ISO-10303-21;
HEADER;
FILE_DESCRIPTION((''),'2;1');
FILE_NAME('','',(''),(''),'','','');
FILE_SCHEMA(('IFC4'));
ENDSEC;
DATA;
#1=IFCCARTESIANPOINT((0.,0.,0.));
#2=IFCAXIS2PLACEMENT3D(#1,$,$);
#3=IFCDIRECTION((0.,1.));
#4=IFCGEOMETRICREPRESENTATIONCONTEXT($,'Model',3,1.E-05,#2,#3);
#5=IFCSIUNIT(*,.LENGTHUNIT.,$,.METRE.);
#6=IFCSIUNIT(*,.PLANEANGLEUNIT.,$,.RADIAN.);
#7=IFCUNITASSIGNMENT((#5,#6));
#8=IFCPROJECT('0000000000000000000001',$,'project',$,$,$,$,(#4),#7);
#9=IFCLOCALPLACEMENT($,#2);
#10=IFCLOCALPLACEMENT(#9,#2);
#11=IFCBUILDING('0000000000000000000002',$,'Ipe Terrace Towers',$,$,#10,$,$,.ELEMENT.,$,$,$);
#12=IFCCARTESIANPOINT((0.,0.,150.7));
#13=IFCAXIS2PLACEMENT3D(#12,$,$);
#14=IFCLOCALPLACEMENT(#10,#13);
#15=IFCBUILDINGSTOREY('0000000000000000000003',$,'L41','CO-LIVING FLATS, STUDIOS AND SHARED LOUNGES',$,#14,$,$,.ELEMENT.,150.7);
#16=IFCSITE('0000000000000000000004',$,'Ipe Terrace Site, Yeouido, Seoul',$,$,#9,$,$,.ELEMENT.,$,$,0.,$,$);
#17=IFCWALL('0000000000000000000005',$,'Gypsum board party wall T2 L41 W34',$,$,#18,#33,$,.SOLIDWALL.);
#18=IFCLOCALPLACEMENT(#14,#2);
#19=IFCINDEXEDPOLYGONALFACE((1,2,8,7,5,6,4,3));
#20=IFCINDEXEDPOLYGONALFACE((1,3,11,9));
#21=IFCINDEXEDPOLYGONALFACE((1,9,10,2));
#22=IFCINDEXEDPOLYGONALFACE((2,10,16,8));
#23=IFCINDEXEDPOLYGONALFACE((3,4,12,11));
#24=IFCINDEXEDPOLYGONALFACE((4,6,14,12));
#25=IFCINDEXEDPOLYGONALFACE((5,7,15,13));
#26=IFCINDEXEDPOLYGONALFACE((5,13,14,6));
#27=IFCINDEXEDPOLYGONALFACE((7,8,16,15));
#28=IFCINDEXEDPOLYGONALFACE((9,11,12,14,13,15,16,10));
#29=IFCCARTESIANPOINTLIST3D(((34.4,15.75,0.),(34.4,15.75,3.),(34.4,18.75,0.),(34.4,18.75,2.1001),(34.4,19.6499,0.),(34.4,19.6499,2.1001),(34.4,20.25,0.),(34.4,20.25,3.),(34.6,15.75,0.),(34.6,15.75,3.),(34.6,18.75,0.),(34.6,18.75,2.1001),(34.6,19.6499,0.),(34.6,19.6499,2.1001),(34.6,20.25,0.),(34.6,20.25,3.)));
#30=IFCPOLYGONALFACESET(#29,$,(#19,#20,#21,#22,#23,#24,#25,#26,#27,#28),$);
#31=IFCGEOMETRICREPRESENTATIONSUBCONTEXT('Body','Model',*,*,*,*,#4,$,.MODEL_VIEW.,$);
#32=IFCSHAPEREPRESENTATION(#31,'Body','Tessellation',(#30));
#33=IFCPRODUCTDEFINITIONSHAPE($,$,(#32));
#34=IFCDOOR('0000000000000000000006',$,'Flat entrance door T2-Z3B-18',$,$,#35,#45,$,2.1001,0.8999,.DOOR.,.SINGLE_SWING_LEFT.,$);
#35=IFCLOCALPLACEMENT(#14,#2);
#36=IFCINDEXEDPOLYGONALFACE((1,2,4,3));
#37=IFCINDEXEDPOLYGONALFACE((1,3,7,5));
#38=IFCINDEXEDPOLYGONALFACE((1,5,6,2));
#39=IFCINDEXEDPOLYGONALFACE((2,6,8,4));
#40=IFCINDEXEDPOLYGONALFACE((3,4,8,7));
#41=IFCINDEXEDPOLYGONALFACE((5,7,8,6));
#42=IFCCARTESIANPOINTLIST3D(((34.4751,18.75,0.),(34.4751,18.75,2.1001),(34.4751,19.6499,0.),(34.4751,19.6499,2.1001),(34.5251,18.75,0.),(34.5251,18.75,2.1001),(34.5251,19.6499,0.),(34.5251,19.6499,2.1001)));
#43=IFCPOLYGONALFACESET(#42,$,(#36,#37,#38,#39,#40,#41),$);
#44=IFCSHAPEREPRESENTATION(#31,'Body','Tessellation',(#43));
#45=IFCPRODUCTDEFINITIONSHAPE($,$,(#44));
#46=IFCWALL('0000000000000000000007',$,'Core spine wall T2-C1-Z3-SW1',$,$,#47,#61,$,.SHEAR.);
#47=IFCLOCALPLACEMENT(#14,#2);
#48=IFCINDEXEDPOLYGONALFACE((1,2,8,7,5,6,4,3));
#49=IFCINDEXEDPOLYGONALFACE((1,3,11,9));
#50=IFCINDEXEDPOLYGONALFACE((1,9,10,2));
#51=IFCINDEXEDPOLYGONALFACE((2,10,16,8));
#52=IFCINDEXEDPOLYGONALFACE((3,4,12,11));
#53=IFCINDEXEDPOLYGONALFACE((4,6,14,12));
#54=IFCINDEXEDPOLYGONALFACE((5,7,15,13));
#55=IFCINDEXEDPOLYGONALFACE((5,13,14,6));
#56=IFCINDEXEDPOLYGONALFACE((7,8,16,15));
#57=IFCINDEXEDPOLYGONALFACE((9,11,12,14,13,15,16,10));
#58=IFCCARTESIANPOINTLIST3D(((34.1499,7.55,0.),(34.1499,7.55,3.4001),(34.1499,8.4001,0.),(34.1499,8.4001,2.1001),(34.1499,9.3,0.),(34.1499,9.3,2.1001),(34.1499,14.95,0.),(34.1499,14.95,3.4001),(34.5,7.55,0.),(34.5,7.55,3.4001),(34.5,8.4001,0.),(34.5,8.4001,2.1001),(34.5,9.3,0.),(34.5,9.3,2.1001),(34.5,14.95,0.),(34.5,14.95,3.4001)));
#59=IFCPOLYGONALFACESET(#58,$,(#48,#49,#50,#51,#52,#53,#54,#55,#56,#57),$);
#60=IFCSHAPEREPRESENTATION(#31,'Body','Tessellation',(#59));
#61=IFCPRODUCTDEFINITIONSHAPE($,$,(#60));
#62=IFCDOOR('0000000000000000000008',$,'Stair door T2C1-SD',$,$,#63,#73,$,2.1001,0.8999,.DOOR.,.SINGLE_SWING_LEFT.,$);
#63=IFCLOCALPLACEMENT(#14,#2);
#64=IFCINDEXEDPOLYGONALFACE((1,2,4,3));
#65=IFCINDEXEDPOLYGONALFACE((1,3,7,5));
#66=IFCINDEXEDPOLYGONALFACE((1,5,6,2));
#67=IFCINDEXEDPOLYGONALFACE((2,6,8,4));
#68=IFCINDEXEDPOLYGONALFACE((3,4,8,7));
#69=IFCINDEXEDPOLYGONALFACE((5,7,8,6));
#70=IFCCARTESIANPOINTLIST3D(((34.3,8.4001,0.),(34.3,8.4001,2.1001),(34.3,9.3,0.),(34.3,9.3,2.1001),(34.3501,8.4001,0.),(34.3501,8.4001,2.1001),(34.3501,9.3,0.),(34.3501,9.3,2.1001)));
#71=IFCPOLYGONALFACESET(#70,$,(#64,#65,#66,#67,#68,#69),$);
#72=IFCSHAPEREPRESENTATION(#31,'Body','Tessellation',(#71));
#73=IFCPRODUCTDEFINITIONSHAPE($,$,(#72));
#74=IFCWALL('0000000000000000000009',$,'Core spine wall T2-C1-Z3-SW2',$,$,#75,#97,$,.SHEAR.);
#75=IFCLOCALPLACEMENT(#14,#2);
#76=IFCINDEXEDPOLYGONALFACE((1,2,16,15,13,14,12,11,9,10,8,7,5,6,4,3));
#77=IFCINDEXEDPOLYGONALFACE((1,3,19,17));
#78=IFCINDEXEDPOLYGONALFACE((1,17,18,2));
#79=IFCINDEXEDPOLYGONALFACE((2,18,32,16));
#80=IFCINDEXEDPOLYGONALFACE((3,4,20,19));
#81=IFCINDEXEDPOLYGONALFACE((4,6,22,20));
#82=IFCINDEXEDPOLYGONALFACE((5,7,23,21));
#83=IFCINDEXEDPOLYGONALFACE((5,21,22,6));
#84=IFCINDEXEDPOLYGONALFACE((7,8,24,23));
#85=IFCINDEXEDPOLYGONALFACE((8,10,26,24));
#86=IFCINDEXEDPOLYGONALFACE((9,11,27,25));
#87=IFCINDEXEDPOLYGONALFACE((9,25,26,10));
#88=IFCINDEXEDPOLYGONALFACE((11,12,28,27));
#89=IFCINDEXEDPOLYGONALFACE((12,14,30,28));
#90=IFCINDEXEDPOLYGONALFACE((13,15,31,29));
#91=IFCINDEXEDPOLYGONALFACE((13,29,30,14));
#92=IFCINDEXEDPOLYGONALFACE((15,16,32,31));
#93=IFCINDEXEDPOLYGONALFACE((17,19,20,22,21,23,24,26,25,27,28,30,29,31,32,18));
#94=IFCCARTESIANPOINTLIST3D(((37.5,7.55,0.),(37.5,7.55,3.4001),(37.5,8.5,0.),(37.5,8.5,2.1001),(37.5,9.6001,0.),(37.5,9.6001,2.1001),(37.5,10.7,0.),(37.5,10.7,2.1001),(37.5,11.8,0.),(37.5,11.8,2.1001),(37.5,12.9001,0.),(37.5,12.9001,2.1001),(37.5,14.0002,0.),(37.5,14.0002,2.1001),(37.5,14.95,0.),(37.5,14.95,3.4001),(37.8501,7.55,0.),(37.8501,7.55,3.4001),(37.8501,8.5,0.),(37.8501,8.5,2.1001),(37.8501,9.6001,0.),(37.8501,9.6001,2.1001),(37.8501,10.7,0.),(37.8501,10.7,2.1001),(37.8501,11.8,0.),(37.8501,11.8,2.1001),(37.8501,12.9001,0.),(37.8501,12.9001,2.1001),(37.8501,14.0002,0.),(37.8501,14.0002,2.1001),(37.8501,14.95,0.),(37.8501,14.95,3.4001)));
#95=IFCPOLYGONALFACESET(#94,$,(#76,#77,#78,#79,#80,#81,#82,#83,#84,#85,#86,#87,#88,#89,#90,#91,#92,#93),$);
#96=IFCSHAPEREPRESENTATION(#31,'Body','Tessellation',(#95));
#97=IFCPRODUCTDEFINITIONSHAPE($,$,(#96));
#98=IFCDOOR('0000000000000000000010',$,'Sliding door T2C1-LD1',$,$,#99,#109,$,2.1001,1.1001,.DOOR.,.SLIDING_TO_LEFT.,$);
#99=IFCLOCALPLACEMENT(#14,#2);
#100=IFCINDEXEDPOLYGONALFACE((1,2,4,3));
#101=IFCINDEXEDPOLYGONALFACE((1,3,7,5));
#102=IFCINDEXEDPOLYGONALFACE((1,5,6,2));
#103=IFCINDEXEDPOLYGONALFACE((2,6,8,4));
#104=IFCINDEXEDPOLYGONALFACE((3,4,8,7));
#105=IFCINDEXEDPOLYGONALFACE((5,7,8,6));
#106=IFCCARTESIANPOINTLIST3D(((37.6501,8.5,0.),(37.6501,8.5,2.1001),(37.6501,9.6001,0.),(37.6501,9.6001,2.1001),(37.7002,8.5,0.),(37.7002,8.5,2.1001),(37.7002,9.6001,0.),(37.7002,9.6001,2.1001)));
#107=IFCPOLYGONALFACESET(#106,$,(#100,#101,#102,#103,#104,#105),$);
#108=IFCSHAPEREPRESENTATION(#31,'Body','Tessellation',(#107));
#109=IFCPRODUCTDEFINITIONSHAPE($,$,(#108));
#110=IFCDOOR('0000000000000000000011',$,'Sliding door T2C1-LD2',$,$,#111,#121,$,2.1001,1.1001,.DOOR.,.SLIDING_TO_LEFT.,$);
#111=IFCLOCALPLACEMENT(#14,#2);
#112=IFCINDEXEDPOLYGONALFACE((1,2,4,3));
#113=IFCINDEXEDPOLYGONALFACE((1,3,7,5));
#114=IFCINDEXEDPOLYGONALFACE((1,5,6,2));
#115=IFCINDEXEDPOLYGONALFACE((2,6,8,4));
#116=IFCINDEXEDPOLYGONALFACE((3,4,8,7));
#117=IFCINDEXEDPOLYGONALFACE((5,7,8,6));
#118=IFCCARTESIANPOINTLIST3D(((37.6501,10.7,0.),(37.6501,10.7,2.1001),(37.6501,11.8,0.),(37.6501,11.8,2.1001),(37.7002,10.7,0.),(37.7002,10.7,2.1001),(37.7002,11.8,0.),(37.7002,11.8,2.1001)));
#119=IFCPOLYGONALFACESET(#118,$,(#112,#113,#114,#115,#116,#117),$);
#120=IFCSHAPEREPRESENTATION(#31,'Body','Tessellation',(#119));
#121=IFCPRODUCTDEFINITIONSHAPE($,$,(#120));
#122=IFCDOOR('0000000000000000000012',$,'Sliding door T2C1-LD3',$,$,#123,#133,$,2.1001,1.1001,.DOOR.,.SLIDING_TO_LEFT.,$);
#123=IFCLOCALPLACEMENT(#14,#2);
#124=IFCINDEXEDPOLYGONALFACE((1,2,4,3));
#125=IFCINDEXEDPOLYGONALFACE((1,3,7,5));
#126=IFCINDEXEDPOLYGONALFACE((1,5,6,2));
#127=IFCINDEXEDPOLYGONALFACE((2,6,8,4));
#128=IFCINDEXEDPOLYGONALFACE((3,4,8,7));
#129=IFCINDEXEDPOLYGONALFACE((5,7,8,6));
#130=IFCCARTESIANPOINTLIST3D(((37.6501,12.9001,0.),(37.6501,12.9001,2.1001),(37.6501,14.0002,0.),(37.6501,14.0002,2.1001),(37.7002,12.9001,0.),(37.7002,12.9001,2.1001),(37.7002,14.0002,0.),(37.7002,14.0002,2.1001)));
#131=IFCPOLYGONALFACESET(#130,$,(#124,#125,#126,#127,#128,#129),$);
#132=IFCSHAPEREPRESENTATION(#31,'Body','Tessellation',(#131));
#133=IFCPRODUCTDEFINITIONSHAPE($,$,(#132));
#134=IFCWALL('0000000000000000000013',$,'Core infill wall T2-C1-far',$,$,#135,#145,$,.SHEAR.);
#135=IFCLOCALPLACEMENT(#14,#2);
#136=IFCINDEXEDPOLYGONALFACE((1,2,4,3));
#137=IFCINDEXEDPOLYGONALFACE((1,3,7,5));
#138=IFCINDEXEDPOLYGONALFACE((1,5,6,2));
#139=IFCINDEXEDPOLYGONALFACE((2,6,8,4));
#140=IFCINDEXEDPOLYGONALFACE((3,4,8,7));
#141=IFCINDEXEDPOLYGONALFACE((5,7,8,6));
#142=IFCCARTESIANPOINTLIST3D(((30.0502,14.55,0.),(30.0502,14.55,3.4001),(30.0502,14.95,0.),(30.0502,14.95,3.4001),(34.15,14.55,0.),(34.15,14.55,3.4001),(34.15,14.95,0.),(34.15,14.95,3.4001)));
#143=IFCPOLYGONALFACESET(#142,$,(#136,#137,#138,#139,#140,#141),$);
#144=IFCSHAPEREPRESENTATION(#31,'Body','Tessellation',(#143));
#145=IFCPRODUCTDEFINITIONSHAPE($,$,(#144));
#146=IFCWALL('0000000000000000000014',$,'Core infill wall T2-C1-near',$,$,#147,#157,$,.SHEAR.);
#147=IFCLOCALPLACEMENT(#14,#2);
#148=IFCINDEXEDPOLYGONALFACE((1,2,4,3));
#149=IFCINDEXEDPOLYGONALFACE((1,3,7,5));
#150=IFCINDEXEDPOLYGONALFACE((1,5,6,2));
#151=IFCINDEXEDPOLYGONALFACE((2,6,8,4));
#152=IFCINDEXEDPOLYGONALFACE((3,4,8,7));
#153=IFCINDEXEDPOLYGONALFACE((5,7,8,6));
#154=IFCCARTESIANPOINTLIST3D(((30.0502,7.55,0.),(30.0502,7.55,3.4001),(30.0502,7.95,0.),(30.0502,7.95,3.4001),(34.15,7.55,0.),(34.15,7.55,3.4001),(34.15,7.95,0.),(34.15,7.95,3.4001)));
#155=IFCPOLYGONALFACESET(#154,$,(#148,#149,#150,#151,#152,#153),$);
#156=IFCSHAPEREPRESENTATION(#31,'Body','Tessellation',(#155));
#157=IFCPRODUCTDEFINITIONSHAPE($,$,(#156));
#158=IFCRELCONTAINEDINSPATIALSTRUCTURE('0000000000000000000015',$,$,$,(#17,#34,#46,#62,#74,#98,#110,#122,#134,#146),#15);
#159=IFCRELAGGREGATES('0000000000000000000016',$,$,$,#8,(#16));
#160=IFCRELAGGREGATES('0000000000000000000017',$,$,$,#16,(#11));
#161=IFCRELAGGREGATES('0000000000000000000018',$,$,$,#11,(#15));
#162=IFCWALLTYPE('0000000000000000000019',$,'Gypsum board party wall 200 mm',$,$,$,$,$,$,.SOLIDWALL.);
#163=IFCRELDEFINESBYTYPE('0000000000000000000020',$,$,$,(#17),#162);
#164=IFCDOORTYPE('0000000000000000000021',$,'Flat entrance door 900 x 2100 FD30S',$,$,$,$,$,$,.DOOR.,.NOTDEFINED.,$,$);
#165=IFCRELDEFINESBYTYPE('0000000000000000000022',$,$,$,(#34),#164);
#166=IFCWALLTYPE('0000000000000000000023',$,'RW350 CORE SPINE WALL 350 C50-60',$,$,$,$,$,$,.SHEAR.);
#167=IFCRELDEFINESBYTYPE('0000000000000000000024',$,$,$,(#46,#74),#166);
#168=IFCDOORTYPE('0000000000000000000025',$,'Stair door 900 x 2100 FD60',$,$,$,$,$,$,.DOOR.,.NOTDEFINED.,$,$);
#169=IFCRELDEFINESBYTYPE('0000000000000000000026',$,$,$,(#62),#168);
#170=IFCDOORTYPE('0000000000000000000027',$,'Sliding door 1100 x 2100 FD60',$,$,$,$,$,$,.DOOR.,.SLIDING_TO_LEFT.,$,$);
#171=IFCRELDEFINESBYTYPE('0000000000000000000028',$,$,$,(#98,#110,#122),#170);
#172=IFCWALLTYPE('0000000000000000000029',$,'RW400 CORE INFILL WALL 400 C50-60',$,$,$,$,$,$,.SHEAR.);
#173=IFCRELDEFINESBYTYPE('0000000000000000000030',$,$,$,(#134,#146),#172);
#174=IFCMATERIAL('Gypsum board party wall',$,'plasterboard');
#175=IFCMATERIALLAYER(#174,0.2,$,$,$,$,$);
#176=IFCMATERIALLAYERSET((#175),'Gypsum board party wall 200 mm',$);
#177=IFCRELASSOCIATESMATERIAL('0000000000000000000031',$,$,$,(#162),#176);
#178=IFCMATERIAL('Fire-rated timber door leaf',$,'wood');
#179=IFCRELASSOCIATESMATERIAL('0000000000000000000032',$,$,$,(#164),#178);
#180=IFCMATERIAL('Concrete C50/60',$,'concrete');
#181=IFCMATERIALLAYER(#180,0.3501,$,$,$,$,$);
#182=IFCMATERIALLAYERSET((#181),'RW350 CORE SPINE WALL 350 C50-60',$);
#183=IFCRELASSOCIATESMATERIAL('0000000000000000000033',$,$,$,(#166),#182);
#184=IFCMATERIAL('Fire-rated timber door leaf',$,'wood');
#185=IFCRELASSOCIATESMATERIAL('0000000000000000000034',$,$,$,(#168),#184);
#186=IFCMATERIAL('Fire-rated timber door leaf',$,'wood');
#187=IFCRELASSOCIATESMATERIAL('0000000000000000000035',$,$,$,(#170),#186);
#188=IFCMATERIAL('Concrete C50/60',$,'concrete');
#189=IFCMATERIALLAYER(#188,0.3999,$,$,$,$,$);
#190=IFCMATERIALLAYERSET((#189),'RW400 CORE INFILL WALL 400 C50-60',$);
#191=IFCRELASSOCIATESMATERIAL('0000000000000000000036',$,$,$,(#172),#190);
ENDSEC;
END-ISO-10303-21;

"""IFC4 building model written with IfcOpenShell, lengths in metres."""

from ifc_helpers import new_model, si_unit, direction, frame, frame_2d, origin, place, context, subcontext, project, spatial, rectangle, extrude, material, layer, layer_set, type_object, element, fill, save


model = new_model("IFC4")

# Units and contexts
model_context = context("Model", 3, precision=1e-05, world=origin(), true_north=direction((0.0, 1.0)))
body_context = subcontext(model_context, "Body", "Model", "MODEL_VIEW")
ifc_project = project(units=[si_unit("LENGTHUNIT", "METRE"), si_unit("PLANEANGLEUNIT", "RADIAN")], contexts=[model_context])

# Site, building, storey
site_placement = place(None, origin())
site = spatial("IfcSite", under=ifc_project, at=site_placement, Name="Ipe Terrace Site, Yeouido, Seoul", CompositionType="ELEMENT", RefElevation=0.0)
building_placement = place(site_placement, origin())
building = spatial("IfcBuilding", under=site, at=building_placement, Name="Ipe Terrace Towers", CompositionType="ELEMENT")
storey_placement = place(building_placement, frame((0.0, 0.0, 150.7)))
storey = spatial("IfcBuildingStorey", under=building, at=storey_placement, Name="L41", Description="CO-LIVING FLATS, STUDIOS AND SHARED LOUNGES", CompositionType="ELEMENT", Elevation=150.7)

# Shared definitions
ifc_material_1 = material(Name="Gypsum board party wall", Category="plasterboard")
ifc_layer_1 = layer(ifc_material_1, 0.2)
ifc_layer_set_1 = layer_set([ifc_layer_1], Name="Gypsum board party wall 200 mm")
wall_type_1 = type_object("IfcWallType", Name="Gypsum board party wall 200 mm", PredefinedType="SOLIDWALL", material=ifc_layer_set_1)

# Walls, openings, doors
wall_1_placement = place(storey_placement, frame((34.5, 15.75, 0.0), z_axis=(0.0, 0.0, 1.0), x_axis=(0.0, 1.0, 0.0)))
wall_1 = element("IfcWall", 1, at=wall_1_placement, inside=storey, type_object=wall_type_1, Name="Gypsum board party wall T2 L41 W34", PredefinedType="SOLIDWALL", context=body_context, shape_type="SweptSolid", body=[
    extrude(rectangle(XDim=4.5, YDim=0.2, at=frame_2d((2.25, 0.0))), origin(), (0.0, 0.0, 1.0), 3.0),
])
opening_1_placement = place(wall_1_placement, frame((3.0, 0.0, 0.0)))
opening_1 = element("IfcOpeningElement", 2, at=opening_1_placement, cuts=wall_1, PredefinedType="OPENING", context=body_context, shape_type="SweptSolid", body=[
    extrude(rectangle(XDim=0.8999, YDim=2.1001, at=frame_2d((0.45, 1.05))), frame((0.0, 0.1099, 0.0), z_axis=(0.0, -1.0, 0.0), x_axis=(1.0, 0.0, 0.0)), (0.0, 0.0, 1.0), 0.22),
])
ifc_material_2 = material(Name="Fire-rated timber door leaf", Category="wood")
door_type_1 = type_object("IfcDoorType", Name="Flat entrance door 900 x 2100 FD30S", OperationType="NOTDEFINED", PredefinedType="DOOR", material=ifc_material_2)
door_1_placement = place(opening_1_placement, origin())
door_1 = element("IfcDoor", 3, at=door_1_placement, inside=storey, type_object=door_type_1, Name="Flat entrance door T2-Z3B-18", OperationType="SINGLE_SWING_LEFT", OverallHeight=2.1001, OverallWidth=0.8999, PredefinedType="DOOR", context=body_context, shape_type="SweptSolid", body=[
    extrude(rectangle(XDim=0.8999, YDim=2.1001, at=frame_2d((0.45, 1.05))), frame((0.0, 0.0249, 0.0), z_axis=(0.0, -1.0, 0.0), x_axis=(1.0, 0.0, 0.0)), (0.0, 0.0, 1.0), 0.05),
])
fill(opening_1, door_1)
ifc_material_3 = material(Name="Concrete C50/60", Category="concrete")
ifc_layer_2 = layer(ifc_material_3, 0.3501)
ifc_layer_set_2 = layer_set([ifc_layer_2], Name="RW350 CORE SPINE WALL 350 C50-60")
wall_type_2 = type_object("IfcWallType", Name="RW350 CORE SPINE WALL 350 C50-60", PredefinedType="SHEAR", material=ifc_layer_set_2)
wall_2_placement = place(storey_placement, frame((34.325, 7.55, 0.0), z_axis=(0.0, 0.0, 1.0), x_axis=(0.0, 1.0, 0.0)))
wall_2 = element("IfcWall", 4, at=wall_2_placement, inside=storey, type_object=wall_type_2, Name="Core spine wall T2-C1-Z3-SW1", PredefinedType="SHEAR", context=body_context, shape_type="SweptSolid", body=[
    extrude(rectangle(XDim=7.3999, YDim=0.3501, at=frame_2d((3.7, 0.0))), origin(), (0.0, 0.0, 1.0), 3.4001),
])
opening_2_placement = place(wall_2_placement, frame((0.8501, 0.0, 0.0)))
opening_2 = element("IfcOpeningElement", 5, at=opening_2_placement, cuts=wall_2, PredefinedType="OPENING", context=body_context, shape_type="SweptSolid", body=[
    extrude(rectangle(XDim=0.8999, YDim=2.1001, at=frame_2d((0.45, 1.05))), frame((0.0, 0.1851, 0.0), z_axis=(0.0, -1.0, 0.0), x_axis=(1.0, 0.0, 0.0)), (0.0, 0.0, 1.0), 0.3701),
])
ifc_material_4 = material(Name="Fire-rated timber door leaf", Category="wood")
door_type_2 = type_object("IfcDoorType", Name="Stair door 900 x 2100 FD60", OperationType="NOTDEFINED", PredefinedType="DOOR", material=ifc_material_4)
door_2_placement = place(opening_2_placement, origin())
door_2 = element("IfcDoor", 6, at=door_2_placement, inside=storey, type_object=door_type_2, Name="Stair door T2C1-SD", OperationType="SINGLE_SWING_LEFT", OverallHeight=2.1001, OverallWidth=0.8999, PredefinedType="DOOR", context=body_context, shape_type="SweptSolid", body=[
    extrude(rectangle(XDim=0.8999, YDim=2.1001, at=frame_2d((0.45, 1.05))), frame((0.0, 0.0249, 0.0), z_axis=(0.0, -1.0, 0.0), x_axis=(1.0, 0.0, 0.0)), (0.0, 0.0, 1.0), 0.05),
])
fill(opening_2, door_2)

# Wall, openings, doors
wall_3_placement = place(storey_placement, frame((37.675, 7.55, 0.0), z_axis=(0.0, 0.0, 1.0), x_axis=(0.0, 1.0, 0.0)))
wall_3 = element("IfcWall", 7, at=wall_3_placement, inside=storey, type_object=wall_type_2, Name="Core spine wall T2-C1-Z3-SW2", PredefinedType="SHEAR", context=body_context, shape_type="SweptSolid", body=[
    extrude(rectangle(XDim=7.3999, YDim=0.3501, at=frame_2d((3.7, 0.0))), origin(), (0.0, 0.0, 1.0), 3.4001),
])
opening_3_placement = place(wall_3_placement, frame((0.95, 0.0, 0.0)))
opening_3 = element("IfcOpeningElement", 8, at=opening_3_placement, cuts=wall_3, PredefinedType="OPENING", context=body_context, shape_type="SweptSolid", body=[
    extrude(rectangle(XDim=1.1001, YDim=2.1001, at=frame_2d((0.55, 1.05))), frame((0.0, 0.1851, 0.0), z_axis=(0.0, -1.0, 0.0), x_axis=(1.0, 0.0, 0.0)), (0.0, 0.0, 1.0), 0.3701),
])
opening_4_placement = place(wall_3_placement, frame((3.1499, 0.0, 0.0)))
opening_4 = element("IfcOpeningElement", 9, at=opening_4_placement, cuts=wall_3, PredefinedType="OPENING", context=body_context, shape_type="SweptSolid", body=[
    extrude(rectangle(XDim=1.1001, YDim=2.1001, at=frame_2d((0.55, 1.05))), frame((0.0, 0.1851, 0.0), z_axis=(0.0, -1.0, 0.0), x_axis=(1.0, 0.0, 0.0)), (0.0, 0.0, 1.0), 0.3701),
])
opening_5_placement = place(wall_3_placement, frame((5.3501, 0.0, 0.0)))
opening_5 = element("IfcOpeningElement", 10, at=opening_5_placement, cuts=wall_3, PredefinedType="OPENING", context=body_context, shape_type="SweptSolid", body=[
    extrude(rectangle(XDim=1.1001, YDim=2.1001, at=frame_2d((0.55, 1.05))), frame((0.0, 0.1851, 0.0), z_axis=(0.0, -1.0, 0.0), x_axis=(1.0, 0.0, 0.0)), (0.0, 0.0, 1.0), 0.3701),
])
ifc_material_5 = material(Name="Fire-rated timber door leaf", Category="wood")
door_type_3 = type_object("IfcDoorType", Name="Sliding door 1100 x 2100 FD60", OperationType="SLIDING_TO_LEFT", PredefinedType="DOOR", material=ifc_material_5)
door_3_placement = place(opening_3_placement, origin())
door_3 = element("IfcDoor", 11, at=door_3_placement, inside=storey, type_object=door_type_3, Name="Sliding door T2C1-LD1", OperationType="SLIDING_TO_LEFT", OverallHeight=2.1001, OverallWidth=1.1001, PredefinedType="DOOR", context=body_context, shape_type="SweptSolid", body=[
    extrude(rectangle(XDim=1.1001, YDim=2.1001, at=frame_2d((0.55, 1.05))), frame((0.0, 0.0249, 0.0), z_axis=(0.0, -1.0, 0.0), x_axis=(1.0, 0.0, 0.0)), (0.0, 0.0, 1.0), 0.05),
])
fill(opening_3, door_3)
door_4_placement = place(opening_4_placement, origin())
door_4 = element("IfcDoor", 12, at=door_4_placement, inside=storey, type_object=door_type_3, Name="Sliding door T2C1-LD2", OperationType="SLIDING_TO_LEFT", OverallHeight=2.1001, OverallWidth=1.1001, PredefinedType="DOOR", context=body_context, shape_type="SweptSolid", body=[
    extrude(rectangle(XDim=1.1001, YDim=2.1001, at=frame_2d((0.55, 1.05))), frame((0.0, 0.0249, 0.0), z_axis=(0.0, -1.0, 0.0), x_axis=(1.0, 0.0, 0.0)), (0.0, 0.0, 1.0), 0.05),
])
fill(opening_4, door_4)
door_5_placement = place(opening_5_placement, origin())
door_5 = element("IfcDoor", 13, at=door_5_placement, inside=storey, type_object=door_type_3, Name="Sliding door T2C1-LD3", OperationType="SLIDING_TO_LEFT", OverallHeight=2.1001, OverallWidth=1.1001, PredefinedType="DOOR", context=body_context, shape_type="SweptSolid", body=[
    extrude(rectangle(XDim=1.1001, YDim=2.1001, at=frame_2d((0.55, 1.05))), frame((0.0, 0.0249, 0.0), z_axis=(0.0, -1.0, 0.0), x_axis=(1.0, 0.0, 0.0)), (0.0, 0.0, 1.0), 0.05),
])
fill(opening_5, door_5)

# Walls
ifc_material_6 = material(Name="Concrete C50/60", Category="concrete")
ifc_layer_3 = layer(ifc_material_6, 0.3999)
ifc_layer_set_3 = layer_set([ifc_layer_3], Name="RW400 CORE INFILL WALL 400 C50-60")
wall_type_3 = type_object("IfcWallType", Name="RW400 CORE INFILL WALL 400 C50-60", PredefinedType="SHEAR", material=ifc_layer_set_3)
for number, where, z_axis, x_axis, name in (
    (14, (34.1499, 14.75, 0.0), (0.0, 0.0, 1.0), (-1.0, 0.0, 0.0), "Core infill wall T2-C1-far"),
    (15, (34.1499, 7.75, 0.0), (0.0, 0.0, 1.0), (-1.0, 0.0, 0.0), "Core infill wall T2-C1-near"),
):
    element("IfcWall", number, at=place(storey_placement, frame(where, z_axis=z_axis, x_axis=x_axis)), inside=storey, type_object=wall_type_3, Name=name, PredefinedType="SHEAR", context=body_context, shape_type="SweptSolid", body=[
        extrude(rectangle(XDim=4.0999, YDim=0.3999, at=frame_2d((2.0498, 0.0))), origin(), (0.0, 0.0, 1.0), 3.4001),
    ])

save(model, "model.ifc")
